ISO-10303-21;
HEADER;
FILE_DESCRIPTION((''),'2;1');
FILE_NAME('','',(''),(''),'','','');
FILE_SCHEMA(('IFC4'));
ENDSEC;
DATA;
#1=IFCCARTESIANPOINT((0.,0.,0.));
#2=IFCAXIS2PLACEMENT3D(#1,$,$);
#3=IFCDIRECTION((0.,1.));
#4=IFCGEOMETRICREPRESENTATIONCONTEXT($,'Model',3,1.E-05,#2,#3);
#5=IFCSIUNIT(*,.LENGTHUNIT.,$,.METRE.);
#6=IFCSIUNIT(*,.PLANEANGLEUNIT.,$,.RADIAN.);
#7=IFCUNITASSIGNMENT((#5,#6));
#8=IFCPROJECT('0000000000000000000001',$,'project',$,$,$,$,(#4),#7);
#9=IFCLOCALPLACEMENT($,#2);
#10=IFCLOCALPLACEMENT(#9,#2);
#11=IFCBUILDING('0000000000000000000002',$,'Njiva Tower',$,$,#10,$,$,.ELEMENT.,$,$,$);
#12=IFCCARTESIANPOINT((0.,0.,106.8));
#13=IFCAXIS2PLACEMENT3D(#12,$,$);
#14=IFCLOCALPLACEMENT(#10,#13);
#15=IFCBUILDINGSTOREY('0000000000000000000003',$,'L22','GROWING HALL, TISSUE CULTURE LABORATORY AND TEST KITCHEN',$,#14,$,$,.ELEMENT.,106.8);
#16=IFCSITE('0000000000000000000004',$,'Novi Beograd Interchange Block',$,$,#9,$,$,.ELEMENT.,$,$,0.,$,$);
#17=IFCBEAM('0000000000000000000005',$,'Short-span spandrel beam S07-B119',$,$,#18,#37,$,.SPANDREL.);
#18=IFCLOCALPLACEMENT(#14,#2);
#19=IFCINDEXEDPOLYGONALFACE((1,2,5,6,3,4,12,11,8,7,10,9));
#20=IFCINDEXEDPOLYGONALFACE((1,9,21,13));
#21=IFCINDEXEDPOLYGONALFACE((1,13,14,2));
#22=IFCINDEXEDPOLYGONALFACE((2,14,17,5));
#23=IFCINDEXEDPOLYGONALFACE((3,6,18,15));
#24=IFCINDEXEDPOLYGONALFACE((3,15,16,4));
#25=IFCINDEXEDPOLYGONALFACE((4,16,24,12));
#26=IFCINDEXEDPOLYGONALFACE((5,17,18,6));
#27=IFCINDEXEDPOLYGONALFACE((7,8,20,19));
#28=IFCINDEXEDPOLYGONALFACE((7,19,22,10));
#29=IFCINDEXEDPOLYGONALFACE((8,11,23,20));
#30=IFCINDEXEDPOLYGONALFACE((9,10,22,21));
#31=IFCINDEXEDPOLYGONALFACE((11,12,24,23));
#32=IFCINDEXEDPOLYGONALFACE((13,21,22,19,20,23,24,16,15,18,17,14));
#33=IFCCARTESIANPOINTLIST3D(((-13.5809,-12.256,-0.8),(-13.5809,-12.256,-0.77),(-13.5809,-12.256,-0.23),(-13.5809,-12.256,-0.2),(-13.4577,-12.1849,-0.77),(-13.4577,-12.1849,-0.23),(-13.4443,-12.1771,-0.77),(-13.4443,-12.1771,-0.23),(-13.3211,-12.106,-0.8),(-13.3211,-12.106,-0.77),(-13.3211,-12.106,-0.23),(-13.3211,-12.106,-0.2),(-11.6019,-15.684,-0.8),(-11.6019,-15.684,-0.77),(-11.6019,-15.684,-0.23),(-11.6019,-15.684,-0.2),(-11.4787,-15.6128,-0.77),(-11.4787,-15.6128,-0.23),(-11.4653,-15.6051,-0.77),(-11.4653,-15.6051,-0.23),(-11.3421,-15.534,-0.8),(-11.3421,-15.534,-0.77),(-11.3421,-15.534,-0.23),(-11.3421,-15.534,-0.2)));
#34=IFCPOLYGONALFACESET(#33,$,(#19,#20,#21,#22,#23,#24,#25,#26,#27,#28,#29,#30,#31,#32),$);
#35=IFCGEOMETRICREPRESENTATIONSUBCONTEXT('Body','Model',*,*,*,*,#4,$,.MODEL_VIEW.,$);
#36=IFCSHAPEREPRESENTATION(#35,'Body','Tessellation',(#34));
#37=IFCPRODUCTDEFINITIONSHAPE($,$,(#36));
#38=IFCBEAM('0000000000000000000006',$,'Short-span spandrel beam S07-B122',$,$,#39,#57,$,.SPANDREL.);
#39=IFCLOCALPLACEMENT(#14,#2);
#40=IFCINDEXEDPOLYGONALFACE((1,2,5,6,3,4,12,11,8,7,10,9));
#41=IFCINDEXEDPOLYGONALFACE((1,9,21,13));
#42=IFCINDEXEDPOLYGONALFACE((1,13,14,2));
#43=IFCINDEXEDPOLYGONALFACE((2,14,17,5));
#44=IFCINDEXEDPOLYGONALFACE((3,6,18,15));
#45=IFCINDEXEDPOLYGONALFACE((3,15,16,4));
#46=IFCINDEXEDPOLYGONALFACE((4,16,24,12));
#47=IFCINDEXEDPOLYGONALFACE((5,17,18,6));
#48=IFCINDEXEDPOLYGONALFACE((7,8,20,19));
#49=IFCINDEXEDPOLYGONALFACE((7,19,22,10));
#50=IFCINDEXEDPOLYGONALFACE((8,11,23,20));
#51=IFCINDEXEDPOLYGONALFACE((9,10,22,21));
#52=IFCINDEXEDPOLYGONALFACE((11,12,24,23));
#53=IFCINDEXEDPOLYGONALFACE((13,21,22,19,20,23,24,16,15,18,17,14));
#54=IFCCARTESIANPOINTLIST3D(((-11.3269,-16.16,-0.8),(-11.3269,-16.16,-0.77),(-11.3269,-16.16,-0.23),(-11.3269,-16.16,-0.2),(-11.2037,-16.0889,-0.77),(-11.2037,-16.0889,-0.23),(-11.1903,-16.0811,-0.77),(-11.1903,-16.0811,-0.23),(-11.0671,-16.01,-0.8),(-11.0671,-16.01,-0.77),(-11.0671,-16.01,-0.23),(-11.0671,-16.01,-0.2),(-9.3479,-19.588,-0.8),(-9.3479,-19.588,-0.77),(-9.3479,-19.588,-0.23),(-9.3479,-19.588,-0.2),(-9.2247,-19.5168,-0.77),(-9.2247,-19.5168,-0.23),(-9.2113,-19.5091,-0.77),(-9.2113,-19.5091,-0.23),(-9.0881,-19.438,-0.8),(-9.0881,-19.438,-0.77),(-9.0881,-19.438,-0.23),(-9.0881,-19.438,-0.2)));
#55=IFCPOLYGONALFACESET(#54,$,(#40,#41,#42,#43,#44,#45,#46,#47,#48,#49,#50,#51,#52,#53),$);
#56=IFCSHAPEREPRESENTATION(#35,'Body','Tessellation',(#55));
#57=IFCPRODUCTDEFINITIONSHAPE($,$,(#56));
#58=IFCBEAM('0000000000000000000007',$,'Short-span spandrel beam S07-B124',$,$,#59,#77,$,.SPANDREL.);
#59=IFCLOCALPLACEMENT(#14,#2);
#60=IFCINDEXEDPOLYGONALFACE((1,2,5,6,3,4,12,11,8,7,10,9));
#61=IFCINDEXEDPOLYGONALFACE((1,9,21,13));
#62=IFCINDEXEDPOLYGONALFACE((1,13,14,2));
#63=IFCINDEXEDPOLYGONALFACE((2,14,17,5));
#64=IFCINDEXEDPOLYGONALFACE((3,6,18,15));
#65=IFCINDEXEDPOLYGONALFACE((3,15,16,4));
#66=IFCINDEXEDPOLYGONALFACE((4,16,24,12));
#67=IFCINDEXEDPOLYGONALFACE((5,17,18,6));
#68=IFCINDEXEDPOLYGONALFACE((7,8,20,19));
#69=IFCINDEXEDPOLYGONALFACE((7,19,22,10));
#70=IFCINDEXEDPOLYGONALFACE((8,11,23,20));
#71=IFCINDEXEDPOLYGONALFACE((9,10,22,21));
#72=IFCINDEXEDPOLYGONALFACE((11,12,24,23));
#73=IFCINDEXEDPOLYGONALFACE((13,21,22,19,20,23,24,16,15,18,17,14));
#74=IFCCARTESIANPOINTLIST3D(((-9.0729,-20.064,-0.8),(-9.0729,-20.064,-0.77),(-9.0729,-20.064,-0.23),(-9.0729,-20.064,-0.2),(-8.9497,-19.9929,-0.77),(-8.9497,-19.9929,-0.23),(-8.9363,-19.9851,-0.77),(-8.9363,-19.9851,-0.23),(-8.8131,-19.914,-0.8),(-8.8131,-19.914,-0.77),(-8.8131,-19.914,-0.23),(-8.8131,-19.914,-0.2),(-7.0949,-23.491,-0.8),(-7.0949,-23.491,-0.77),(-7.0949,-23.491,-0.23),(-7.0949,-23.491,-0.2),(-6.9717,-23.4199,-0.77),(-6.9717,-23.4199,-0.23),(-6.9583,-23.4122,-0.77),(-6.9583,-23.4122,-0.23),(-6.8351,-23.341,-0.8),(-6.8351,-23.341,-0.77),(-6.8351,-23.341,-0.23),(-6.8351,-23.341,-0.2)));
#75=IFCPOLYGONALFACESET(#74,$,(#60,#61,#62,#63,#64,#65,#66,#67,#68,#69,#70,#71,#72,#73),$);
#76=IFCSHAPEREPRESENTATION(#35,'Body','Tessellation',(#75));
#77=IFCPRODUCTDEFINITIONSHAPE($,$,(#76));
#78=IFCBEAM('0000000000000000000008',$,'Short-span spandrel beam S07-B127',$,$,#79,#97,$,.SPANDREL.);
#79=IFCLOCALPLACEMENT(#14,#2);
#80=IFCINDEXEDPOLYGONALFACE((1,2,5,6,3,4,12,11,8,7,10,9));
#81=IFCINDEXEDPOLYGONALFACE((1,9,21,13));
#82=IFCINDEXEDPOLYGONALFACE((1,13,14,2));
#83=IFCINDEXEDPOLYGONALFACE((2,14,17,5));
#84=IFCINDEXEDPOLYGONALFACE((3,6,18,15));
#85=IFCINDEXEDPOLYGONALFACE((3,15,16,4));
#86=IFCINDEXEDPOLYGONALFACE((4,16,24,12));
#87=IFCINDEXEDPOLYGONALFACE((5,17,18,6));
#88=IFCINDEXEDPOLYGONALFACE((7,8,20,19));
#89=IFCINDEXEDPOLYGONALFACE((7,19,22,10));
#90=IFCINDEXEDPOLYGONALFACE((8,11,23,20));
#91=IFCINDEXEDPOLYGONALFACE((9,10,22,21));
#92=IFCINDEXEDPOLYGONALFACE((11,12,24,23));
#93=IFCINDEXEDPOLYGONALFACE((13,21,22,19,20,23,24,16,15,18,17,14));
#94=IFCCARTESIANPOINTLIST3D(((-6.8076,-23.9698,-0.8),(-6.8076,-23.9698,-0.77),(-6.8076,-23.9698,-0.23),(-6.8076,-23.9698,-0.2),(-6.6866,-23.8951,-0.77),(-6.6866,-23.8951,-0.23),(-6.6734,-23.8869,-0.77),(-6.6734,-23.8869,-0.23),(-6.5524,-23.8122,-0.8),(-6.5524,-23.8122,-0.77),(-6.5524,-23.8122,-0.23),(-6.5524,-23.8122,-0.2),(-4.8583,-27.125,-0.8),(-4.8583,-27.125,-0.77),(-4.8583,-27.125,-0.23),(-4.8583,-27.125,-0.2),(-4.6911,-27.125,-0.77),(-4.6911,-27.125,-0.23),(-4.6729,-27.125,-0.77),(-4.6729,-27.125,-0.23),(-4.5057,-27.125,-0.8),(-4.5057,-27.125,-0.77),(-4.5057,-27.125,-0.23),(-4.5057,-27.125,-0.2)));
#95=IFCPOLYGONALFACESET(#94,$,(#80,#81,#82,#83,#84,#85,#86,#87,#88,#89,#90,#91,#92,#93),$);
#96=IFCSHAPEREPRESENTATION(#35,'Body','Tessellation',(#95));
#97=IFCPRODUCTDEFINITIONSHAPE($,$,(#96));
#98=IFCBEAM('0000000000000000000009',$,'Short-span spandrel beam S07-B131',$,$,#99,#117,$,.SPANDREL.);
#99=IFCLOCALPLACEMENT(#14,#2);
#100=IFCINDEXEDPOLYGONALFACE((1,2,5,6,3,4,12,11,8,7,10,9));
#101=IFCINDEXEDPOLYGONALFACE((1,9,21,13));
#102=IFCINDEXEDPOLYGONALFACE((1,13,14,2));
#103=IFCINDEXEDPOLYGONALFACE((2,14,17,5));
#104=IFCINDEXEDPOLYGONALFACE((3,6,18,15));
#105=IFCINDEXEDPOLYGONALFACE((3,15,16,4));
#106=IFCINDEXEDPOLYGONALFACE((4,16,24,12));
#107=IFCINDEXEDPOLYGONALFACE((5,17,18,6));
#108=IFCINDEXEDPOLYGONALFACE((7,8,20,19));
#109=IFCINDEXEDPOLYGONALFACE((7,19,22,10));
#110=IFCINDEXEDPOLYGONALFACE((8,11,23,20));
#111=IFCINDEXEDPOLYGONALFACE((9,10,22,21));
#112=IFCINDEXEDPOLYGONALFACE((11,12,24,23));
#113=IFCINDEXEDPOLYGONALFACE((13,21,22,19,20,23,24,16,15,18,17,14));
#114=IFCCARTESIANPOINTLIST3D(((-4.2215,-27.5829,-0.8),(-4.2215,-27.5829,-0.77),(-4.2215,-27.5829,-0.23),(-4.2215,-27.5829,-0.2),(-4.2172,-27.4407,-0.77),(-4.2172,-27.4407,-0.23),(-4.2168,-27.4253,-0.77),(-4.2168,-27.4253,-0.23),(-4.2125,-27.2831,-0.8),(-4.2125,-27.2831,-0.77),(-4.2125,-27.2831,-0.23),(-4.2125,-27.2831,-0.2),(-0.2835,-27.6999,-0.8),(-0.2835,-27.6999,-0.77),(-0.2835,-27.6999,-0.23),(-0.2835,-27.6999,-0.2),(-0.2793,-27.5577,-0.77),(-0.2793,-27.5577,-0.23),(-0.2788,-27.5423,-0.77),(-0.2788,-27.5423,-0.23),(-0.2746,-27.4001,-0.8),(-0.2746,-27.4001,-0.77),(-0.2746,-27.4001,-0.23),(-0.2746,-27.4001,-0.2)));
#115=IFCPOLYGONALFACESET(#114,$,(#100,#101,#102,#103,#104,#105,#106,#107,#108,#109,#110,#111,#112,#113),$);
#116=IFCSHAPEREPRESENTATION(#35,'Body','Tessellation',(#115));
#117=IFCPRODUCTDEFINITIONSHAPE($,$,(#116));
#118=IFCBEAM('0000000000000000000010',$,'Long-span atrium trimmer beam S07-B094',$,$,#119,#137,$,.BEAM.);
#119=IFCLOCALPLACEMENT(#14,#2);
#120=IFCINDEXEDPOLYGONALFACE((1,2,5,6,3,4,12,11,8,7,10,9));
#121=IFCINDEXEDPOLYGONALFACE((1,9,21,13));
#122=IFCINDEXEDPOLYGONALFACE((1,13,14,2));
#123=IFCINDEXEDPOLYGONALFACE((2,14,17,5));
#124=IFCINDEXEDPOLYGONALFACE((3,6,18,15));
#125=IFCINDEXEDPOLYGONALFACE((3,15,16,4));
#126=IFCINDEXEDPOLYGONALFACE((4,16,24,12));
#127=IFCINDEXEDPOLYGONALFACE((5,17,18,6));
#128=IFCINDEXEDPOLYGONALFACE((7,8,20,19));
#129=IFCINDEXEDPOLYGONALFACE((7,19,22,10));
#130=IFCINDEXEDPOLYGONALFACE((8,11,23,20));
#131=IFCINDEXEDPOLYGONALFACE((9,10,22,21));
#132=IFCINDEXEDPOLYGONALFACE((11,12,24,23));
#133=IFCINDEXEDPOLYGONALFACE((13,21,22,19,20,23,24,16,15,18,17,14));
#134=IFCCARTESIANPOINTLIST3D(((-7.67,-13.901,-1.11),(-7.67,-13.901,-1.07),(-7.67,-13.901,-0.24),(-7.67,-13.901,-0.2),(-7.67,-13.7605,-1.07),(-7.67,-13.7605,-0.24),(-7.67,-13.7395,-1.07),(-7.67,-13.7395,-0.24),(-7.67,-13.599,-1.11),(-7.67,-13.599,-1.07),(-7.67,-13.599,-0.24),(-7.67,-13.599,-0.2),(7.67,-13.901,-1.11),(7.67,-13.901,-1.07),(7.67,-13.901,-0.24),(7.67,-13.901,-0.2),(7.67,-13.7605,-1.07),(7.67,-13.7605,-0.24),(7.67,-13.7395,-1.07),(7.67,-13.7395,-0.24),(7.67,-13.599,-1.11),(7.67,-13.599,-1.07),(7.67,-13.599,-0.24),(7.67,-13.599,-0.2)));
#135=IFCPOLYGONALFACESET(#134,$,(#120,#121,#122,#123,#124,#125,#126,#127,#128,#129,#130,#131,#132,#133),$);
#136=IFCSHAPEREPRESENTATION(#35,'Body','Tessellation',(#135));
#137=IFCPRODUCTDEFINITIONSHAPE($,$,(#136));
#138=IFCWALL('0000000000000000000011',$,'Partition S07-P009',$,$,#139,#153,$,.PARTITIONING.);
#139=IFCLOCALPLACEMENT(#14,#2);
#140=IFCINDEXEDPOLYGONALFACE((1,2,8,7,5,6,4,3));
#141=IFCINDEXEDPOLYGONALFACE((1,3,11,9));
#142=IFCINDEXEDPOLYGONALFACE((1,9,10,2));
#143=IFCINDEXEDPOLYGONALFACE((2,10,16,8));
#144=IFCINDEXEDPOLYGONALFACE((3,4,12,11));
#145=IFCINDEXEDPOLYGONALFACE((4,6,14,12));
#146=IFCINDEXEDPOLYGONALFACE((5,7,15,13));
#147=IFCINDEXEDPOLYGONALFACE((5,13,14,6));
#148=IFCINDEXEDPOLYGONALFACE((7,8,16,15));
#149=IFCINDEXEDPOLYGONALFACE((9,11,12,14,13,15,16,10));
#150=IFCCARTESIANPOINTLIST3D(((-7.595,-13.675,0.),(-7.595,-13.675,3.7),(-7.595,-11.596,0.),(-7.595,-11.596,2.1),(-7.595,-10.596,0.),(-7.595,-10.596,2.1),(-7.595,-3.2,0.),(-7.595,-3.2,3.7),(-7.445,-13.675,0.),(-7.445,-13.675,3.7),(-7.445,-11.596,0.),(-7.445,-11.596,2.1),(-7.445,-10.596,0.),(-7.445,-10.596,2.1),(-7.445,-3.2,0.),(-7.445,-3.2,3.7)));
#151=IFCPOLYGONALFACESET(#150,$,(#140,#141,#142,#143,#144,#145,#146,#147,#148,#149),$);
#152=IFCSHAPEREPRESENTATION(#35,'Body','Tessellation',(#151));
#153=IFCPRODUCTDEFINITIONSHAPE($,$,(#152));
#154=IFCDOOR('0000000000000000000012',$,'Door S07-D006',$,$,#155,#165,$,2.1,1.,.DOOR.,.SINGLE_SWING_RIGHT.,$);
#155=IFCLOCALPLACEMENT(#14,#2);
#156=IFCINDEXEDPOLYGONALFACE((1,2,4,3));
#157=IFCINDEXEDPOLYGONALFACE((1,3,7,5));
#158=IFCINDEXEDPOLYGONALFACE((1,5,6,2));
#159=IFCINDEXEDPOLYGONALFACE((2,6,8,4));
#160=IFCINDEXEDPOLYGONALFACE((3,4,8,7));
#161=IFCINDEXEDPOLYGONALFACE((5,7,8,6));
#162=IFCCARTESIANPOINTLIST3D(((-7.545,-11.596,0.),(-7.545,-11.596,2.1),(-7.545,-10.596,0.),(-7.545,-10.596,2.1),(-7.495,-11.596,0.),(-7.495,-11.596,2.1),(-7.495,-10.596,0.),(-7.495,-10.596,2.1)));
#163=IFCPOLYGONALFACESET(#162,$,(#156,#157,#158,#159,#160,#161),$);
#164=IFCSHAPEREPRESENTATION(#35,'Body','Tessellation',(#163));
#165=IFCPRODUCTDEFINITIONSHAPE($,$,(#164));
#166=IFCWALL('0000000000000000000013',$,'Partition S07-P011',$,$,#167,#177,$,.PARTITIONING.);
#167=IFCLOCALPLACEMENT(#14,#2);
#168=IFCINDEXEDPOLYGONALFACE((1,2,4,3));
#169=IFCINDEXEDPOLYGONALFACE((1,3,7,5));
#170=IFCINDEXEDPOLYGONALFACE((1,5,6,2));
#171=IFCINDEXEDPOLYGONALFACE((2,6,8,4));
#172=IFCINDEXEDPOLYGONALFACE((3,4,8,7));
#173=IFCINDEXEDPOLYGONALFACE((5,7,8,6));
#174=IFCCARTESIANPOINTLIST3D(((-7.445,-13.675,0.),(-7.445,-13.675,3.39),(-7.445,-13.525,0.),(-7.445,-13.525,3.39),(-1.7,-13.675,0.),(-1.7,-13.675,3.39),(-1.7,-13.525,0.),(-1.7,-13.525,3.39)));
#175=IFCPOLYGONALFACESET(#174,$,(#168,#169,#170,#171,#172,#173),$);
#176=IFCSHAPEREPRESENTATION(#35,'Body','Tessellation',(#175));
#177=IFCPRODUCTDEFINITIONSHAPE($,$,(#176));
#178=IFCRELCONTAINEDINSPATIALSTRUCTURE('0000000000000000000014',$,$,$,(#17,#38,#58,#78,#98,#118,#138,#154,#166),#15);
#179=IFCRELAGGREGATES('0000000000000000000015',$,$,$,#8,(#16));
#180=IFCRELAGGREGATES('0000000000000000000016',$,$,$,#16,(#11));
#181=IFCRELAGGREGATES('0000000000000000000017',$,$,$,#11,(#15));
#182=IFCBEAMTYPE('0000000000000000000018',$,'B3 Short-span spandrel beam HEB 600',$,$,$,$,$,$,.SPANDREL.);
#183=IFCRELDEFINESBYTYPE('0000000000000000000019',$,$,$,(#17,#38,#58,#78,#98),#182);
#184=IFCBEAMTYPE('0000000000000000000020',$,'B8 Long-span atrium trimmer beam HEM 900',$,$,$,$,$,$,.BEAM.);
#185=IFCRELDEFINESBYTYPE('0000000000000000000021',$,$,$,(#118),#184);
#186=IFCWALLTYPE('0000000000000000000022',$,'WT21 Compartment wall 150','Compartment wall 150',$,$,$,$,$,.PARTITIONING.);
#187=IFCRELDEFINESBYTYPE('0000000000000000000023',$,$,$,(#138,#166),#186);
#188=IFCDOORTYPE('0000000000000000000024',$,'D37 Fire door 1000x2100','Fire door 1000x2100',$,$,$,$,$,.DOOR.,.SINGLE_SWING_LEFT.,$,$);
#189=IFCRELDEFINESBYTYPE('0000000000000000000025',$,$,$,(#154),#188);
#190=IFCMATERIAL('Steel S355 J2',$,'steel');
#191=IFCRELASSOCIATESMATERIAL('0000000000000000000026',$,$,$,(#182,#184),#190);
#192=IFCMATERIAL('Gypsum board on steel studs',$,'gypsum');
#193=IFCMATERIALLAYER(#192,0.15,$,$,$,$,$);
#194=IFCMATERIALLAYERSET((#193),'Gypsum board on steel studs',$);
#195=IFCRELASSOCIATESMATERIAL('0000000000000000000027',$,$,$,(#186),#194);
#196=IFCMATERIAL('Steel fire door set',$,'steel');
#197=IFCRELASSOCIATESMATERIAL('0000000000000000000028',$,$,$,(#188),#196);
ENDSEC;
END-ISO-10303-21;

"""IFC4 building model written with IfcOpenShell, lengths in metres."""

from ifc_helpers import new_model, si_unit, direction, frame, frame_2d, origin, origin_2d, place, context, subcontext, project, spatial, rectangle, i_section, extrude, clip, halfspace, material, layer, layer_set, material_profile, profile_set, type_object, element, fill, save


model = new_model("IFC4")

# Units and contexts
model_context = context("Model", 3, precision=1e-05, world=origin(), true_north=direction((0.0, 1.0)))
body_context = subcontext(model_context, "Body", "Model", "MODEL_VIEW")
ifc_project = project(units=[si_unit("LENGTHUNIT", "METRE"), si_unit("PLANEANGLEUNIT", "RADIAN")], contexts=[model_context])

# Site, building, storey
site_placement = place(None, origin())
site = spatial("IfcSite", under=ifc_project, at=site_placement, Name="Novi Beograd Interchange Block", CompositionType="ELEMENT", RefElevation=0.0)
building_placement = place(site_placement, origin())
building = spatial("IfcBuilding", under=site, at=building_placement, Name="Njiva Tower", CompositionType="ELEMENT")
storey_placement = place(building_placement, frame((0.0, 0.0, 106.8)))
storey = spatial("IfcBuildingStorey", under=building, at=storey_placement, Name="L22", Description="GROWING HALL, TISSUE CULTURE LABORATORY AND TEST KITCHEN", CompositionType="ELEMENT", Elevation=106.8)

# Shared definitions
ifc_material_1 = material(Name="Steel S355 J2", Category="steel")

# Beams
ifc_material_profile_1 = material_profile(ifc_material_1, i_section(OverallWidth=0.3, OverallDepth=0.6, WebThickness=0.0155, FlangeThickness=0.03, at=origin_2d()), Name="HEB 600")
ifc_profile_set_1 = profile_set([ifc_material_profile_1], Name="Steel S355 J2")
beam_type_1 = type_object("IfcBeamType", Name="B3 Short-span spandrel beam HEB 600", PredefinedType="SPANDREL", material=ifc_profile_set_1)
for number, where, z_axis, x_axis, name in (
    (1, (-13.451, -12.181, -0.5), (0.49997, -0.866043, 0.0), (0.866043, 0.49997, 0.0), "Short-span spandrel beam S07-B119"),
    (2, (-11.197, -16.085, -0.5), (0.49997, -0.866043, 0.0), (0.866043, 0.49997, 0.0), "Short-span spandrel beam S07-B122"),
):
    element("IfcBeam", number, at=place(storey_placement, frame(where, z_axis=z_axis, x_axis=x_axis)), inside=storey, type_object=beam_type_1, Name=name, PredefinedType="SPANDREL", context=body_context, shape_type="SweptSolid", body=[
        extrude(i_section(OverallWidth=0.3, OverallDepth=0.6, WebThickness=0.0155, FlangeThickness=0.03, at=origin_2d()), origin(), (0.0, 0.0, 1.0), 3.9582),
    ])
beam_1_placement = place(storey_placement, frame((-8.943, -19.989, -0.5), z_axis=(0.49989, -0.866089, 0.0), x_axis=(0.866089, 0.49989, 0.0)))
element("IfcBeam", 3, at=beam_1_placement, inside=storey, type_object=beam_type_1, Name="Short-span spandrel beam S07-B124", PredefinedType="SPANDREL", context=body_context, shape_type="SweptSolid", body=[
    extrude(i_section(OverallWidth=0.3, OverallDepth=0.6, WebThickness=0.0155, FlangeThickness=0.03, at=origin_2d()), origin(), (0.0, 0.0, 1.0), 3.9569),
])
beam_2_placement = place(storey_placement, frame((-6.68, -23.891, -0.5), z_axis=(0.525594, -0.850736, 0.0), x_axis=(0.850736, 0.525594, 0.0)))
element("IfcBeam", 4, at=beam_2_placement, inside=storey, type_object=beam_type_1, Name="Short-span spandrel beam S07-B127", PredefinedType="SPANDREL", context=body_context, shape_type="Clipping", body=[
    clip(extrude(i_section(OverallWidth=0.3, OverallDepth=0.6, WebThickness=0.0155, FlangeThickness=0.03, at=origin_2d()), origin(), (0.0, 0.0, 1.0), 3.9144), halfspace(frame((-0.026, 0.0, 3.7853), z_axis=(-0.525594, 0.0, 0.850736), x_axis=(0.0, 1.0, 0.0)), False)),
])
beam_3_placement = place(storey_placement, frame((-4.217, -27.433, -0.5), z_axis=(0.999559, -0.029697, 0.0), x_axis=(0.029697, 0.999559, 0.0)))
element("IfcBeam", 5, at=beam_3_placement, inside=storey, type_object=beam_type_1, Name="Short-span spandrel beam S07-B131", PredefinedType="SPANDREL", context=body_context, shape_type="SweptSolid", body=[
    extrude(i_section(OverallWidth=0.3, OverallDepth=0.6, WebThickness=0.0155, FlangeThickness=0.03, at=origin_2d()), origin(), (0.0, 0.0, 1.0), 3.9397),
])
ifc_material_profile_2 = material_profile(ifc_material_1, i_section(OverallWidth=0.302, OverallDepth=0.91, WebThickness=0.021, FlangeThickness=0.04, at=origin_2d()), Name="HEM 900")
ifc_profile_set_2 = profile_set([ifc_material_profile_2], Name="Steel S355 J2")
beam_type_2 = type_object("IfcBeamType", Name="B8 Long-span atrium trimmer beam HEM 900", PredefinedType="BEAM", material=ifc_profile_set_2)
beam_4_placement = place(storey_placement, frame((-7.67, -13.75, -0.655), z_axis=(1.0, 0.0, 0.0), x_axis=(0.0, 1.0, 0.0)))
element("IfcBeam", 6, at=beam_4_placement, inside=storey, type_object=beam_type_2, Name="Long-span atrium trimmer beam S07-B094", PredefinedType="BEAM", context=body_context, shape_type="SweptSolid", body=[
    extrude(i_section(OverallWidth=0.302, OverallDepth=0.91, WebThickness=0.021, FlangeThickness=0.04, at=origin_2d()), origin(), (0.0, 0.0, 1.0), 15.34),
])

# Wall, opening, door
ifc_material_2 = material(Name="Gypsum board on steel studs", Category="gypsum")
ifc_layer_1 = layer(ifc_material_2, 0.15)
ifc_layer_set_1 = layer_set([ifc_layer_1], Name="Gypsum board on steel studs")
wall_type_1 = type_object("IfcWallType", Name="WT21 Compartment wall 150", Description="Compartment wall 150", PredefinedType="PARTITIONING", material=ifc_layer_set_1)
wall_1_placement = place(storey_placement, frame((-7.52, -13.675, 0.0), z_axis=(0.0, 0.0, 1.0), x_axis=(0.0, 1.0, 0.0)))
wall_1 = element("IfcWall", 7, at=wall_1_placement, inside=storey, type_object=wall_type_1, Name="Partition S07-P009", PredefinedType="PARTITIONING", context=body_context, shape_type="SweptSolid", body=[
    extrude(rectangle(XDim=10.475, YDim=0.15, at=frame_2d((5.2375, 0.0))), origin(), (0.0, 0.0, 1.0), 3.7),
])
opening_1_placement = place(wall_1_placement, frame((2.079, 0.0, 0.0)))
opening_1 = element("IfcOpeningElement", 8, at=opening_1_placement, cuts=wall_1, PredefinedType="OPENING", context=body_context, shape_type="SweptSolid", body=[
    extrude(rectangle(XDim=1.0, YDim=2.1, at=frame_2d((0.5, 1.05))), frame((0.0, 0.085, 0.0), z_axis=(0.0, -1.0, 0.0), x_axis=(1.0, 0.0, 0.0)), (0.0, 0.0, 1.0), 0.17),
])
ifc_material_3 = material(Name="Steel fire door set", Category="steel")
door_type = type_object("IfcDoorType", Name="D37 Fire door 1000x2100", Description="Fire door 1000x2100", OperationType="SINGLE_SWING_LEFT", PredefinedType="DOOR", material=ifc_material_3)
door_placement = place(opening_1_placement, origin())
door = element("IfcDoor", 9, at=door_placement, inside=storey, type_object=door_type, Name="Door S07-D006", OperationType="SINGLE_SWING_RIGHT", OverallHeight=2.1, OverallWidth=1.0, PredefinedType="DOOR", context=body_context, shape_type="SweptSolid", body=[
    extrude(rectangle(XDim=1.0, YDim=2.1, at=frame_2d((0.5, 1.05))), frame((0.0, 0.025, 0.0), z_axis=(0.0, -1.0, 0.0), x_axis=(1.0, 0.0, 0.0)), (0.0, 0.0, 1.0), 0.05),
])
fill(opening_1, door)

# Wall
wall_2_placement = place(storey_placement, frame((-7.445, -13.6, 0.0), z_axis=(0.0, 0.0, 1.0), x_axis=(1.0, 0.0, 0.0)))
element("IfcWall", 10, at=wall_2_placement, inside=storey, type_object=wall_type_1, Name="Partition S07-P011", PredefinedType="PARTITIONING", context=body_context, shape_type="SweptSolid", body=[
    extrude(rectangle(XDim=5.745, YDim=0.15, at=frame_2d((2.8725, 0.0))), origin(), (0.0, 0.0, 1.0), 3.39),
])

save(model, "model.ifc")
